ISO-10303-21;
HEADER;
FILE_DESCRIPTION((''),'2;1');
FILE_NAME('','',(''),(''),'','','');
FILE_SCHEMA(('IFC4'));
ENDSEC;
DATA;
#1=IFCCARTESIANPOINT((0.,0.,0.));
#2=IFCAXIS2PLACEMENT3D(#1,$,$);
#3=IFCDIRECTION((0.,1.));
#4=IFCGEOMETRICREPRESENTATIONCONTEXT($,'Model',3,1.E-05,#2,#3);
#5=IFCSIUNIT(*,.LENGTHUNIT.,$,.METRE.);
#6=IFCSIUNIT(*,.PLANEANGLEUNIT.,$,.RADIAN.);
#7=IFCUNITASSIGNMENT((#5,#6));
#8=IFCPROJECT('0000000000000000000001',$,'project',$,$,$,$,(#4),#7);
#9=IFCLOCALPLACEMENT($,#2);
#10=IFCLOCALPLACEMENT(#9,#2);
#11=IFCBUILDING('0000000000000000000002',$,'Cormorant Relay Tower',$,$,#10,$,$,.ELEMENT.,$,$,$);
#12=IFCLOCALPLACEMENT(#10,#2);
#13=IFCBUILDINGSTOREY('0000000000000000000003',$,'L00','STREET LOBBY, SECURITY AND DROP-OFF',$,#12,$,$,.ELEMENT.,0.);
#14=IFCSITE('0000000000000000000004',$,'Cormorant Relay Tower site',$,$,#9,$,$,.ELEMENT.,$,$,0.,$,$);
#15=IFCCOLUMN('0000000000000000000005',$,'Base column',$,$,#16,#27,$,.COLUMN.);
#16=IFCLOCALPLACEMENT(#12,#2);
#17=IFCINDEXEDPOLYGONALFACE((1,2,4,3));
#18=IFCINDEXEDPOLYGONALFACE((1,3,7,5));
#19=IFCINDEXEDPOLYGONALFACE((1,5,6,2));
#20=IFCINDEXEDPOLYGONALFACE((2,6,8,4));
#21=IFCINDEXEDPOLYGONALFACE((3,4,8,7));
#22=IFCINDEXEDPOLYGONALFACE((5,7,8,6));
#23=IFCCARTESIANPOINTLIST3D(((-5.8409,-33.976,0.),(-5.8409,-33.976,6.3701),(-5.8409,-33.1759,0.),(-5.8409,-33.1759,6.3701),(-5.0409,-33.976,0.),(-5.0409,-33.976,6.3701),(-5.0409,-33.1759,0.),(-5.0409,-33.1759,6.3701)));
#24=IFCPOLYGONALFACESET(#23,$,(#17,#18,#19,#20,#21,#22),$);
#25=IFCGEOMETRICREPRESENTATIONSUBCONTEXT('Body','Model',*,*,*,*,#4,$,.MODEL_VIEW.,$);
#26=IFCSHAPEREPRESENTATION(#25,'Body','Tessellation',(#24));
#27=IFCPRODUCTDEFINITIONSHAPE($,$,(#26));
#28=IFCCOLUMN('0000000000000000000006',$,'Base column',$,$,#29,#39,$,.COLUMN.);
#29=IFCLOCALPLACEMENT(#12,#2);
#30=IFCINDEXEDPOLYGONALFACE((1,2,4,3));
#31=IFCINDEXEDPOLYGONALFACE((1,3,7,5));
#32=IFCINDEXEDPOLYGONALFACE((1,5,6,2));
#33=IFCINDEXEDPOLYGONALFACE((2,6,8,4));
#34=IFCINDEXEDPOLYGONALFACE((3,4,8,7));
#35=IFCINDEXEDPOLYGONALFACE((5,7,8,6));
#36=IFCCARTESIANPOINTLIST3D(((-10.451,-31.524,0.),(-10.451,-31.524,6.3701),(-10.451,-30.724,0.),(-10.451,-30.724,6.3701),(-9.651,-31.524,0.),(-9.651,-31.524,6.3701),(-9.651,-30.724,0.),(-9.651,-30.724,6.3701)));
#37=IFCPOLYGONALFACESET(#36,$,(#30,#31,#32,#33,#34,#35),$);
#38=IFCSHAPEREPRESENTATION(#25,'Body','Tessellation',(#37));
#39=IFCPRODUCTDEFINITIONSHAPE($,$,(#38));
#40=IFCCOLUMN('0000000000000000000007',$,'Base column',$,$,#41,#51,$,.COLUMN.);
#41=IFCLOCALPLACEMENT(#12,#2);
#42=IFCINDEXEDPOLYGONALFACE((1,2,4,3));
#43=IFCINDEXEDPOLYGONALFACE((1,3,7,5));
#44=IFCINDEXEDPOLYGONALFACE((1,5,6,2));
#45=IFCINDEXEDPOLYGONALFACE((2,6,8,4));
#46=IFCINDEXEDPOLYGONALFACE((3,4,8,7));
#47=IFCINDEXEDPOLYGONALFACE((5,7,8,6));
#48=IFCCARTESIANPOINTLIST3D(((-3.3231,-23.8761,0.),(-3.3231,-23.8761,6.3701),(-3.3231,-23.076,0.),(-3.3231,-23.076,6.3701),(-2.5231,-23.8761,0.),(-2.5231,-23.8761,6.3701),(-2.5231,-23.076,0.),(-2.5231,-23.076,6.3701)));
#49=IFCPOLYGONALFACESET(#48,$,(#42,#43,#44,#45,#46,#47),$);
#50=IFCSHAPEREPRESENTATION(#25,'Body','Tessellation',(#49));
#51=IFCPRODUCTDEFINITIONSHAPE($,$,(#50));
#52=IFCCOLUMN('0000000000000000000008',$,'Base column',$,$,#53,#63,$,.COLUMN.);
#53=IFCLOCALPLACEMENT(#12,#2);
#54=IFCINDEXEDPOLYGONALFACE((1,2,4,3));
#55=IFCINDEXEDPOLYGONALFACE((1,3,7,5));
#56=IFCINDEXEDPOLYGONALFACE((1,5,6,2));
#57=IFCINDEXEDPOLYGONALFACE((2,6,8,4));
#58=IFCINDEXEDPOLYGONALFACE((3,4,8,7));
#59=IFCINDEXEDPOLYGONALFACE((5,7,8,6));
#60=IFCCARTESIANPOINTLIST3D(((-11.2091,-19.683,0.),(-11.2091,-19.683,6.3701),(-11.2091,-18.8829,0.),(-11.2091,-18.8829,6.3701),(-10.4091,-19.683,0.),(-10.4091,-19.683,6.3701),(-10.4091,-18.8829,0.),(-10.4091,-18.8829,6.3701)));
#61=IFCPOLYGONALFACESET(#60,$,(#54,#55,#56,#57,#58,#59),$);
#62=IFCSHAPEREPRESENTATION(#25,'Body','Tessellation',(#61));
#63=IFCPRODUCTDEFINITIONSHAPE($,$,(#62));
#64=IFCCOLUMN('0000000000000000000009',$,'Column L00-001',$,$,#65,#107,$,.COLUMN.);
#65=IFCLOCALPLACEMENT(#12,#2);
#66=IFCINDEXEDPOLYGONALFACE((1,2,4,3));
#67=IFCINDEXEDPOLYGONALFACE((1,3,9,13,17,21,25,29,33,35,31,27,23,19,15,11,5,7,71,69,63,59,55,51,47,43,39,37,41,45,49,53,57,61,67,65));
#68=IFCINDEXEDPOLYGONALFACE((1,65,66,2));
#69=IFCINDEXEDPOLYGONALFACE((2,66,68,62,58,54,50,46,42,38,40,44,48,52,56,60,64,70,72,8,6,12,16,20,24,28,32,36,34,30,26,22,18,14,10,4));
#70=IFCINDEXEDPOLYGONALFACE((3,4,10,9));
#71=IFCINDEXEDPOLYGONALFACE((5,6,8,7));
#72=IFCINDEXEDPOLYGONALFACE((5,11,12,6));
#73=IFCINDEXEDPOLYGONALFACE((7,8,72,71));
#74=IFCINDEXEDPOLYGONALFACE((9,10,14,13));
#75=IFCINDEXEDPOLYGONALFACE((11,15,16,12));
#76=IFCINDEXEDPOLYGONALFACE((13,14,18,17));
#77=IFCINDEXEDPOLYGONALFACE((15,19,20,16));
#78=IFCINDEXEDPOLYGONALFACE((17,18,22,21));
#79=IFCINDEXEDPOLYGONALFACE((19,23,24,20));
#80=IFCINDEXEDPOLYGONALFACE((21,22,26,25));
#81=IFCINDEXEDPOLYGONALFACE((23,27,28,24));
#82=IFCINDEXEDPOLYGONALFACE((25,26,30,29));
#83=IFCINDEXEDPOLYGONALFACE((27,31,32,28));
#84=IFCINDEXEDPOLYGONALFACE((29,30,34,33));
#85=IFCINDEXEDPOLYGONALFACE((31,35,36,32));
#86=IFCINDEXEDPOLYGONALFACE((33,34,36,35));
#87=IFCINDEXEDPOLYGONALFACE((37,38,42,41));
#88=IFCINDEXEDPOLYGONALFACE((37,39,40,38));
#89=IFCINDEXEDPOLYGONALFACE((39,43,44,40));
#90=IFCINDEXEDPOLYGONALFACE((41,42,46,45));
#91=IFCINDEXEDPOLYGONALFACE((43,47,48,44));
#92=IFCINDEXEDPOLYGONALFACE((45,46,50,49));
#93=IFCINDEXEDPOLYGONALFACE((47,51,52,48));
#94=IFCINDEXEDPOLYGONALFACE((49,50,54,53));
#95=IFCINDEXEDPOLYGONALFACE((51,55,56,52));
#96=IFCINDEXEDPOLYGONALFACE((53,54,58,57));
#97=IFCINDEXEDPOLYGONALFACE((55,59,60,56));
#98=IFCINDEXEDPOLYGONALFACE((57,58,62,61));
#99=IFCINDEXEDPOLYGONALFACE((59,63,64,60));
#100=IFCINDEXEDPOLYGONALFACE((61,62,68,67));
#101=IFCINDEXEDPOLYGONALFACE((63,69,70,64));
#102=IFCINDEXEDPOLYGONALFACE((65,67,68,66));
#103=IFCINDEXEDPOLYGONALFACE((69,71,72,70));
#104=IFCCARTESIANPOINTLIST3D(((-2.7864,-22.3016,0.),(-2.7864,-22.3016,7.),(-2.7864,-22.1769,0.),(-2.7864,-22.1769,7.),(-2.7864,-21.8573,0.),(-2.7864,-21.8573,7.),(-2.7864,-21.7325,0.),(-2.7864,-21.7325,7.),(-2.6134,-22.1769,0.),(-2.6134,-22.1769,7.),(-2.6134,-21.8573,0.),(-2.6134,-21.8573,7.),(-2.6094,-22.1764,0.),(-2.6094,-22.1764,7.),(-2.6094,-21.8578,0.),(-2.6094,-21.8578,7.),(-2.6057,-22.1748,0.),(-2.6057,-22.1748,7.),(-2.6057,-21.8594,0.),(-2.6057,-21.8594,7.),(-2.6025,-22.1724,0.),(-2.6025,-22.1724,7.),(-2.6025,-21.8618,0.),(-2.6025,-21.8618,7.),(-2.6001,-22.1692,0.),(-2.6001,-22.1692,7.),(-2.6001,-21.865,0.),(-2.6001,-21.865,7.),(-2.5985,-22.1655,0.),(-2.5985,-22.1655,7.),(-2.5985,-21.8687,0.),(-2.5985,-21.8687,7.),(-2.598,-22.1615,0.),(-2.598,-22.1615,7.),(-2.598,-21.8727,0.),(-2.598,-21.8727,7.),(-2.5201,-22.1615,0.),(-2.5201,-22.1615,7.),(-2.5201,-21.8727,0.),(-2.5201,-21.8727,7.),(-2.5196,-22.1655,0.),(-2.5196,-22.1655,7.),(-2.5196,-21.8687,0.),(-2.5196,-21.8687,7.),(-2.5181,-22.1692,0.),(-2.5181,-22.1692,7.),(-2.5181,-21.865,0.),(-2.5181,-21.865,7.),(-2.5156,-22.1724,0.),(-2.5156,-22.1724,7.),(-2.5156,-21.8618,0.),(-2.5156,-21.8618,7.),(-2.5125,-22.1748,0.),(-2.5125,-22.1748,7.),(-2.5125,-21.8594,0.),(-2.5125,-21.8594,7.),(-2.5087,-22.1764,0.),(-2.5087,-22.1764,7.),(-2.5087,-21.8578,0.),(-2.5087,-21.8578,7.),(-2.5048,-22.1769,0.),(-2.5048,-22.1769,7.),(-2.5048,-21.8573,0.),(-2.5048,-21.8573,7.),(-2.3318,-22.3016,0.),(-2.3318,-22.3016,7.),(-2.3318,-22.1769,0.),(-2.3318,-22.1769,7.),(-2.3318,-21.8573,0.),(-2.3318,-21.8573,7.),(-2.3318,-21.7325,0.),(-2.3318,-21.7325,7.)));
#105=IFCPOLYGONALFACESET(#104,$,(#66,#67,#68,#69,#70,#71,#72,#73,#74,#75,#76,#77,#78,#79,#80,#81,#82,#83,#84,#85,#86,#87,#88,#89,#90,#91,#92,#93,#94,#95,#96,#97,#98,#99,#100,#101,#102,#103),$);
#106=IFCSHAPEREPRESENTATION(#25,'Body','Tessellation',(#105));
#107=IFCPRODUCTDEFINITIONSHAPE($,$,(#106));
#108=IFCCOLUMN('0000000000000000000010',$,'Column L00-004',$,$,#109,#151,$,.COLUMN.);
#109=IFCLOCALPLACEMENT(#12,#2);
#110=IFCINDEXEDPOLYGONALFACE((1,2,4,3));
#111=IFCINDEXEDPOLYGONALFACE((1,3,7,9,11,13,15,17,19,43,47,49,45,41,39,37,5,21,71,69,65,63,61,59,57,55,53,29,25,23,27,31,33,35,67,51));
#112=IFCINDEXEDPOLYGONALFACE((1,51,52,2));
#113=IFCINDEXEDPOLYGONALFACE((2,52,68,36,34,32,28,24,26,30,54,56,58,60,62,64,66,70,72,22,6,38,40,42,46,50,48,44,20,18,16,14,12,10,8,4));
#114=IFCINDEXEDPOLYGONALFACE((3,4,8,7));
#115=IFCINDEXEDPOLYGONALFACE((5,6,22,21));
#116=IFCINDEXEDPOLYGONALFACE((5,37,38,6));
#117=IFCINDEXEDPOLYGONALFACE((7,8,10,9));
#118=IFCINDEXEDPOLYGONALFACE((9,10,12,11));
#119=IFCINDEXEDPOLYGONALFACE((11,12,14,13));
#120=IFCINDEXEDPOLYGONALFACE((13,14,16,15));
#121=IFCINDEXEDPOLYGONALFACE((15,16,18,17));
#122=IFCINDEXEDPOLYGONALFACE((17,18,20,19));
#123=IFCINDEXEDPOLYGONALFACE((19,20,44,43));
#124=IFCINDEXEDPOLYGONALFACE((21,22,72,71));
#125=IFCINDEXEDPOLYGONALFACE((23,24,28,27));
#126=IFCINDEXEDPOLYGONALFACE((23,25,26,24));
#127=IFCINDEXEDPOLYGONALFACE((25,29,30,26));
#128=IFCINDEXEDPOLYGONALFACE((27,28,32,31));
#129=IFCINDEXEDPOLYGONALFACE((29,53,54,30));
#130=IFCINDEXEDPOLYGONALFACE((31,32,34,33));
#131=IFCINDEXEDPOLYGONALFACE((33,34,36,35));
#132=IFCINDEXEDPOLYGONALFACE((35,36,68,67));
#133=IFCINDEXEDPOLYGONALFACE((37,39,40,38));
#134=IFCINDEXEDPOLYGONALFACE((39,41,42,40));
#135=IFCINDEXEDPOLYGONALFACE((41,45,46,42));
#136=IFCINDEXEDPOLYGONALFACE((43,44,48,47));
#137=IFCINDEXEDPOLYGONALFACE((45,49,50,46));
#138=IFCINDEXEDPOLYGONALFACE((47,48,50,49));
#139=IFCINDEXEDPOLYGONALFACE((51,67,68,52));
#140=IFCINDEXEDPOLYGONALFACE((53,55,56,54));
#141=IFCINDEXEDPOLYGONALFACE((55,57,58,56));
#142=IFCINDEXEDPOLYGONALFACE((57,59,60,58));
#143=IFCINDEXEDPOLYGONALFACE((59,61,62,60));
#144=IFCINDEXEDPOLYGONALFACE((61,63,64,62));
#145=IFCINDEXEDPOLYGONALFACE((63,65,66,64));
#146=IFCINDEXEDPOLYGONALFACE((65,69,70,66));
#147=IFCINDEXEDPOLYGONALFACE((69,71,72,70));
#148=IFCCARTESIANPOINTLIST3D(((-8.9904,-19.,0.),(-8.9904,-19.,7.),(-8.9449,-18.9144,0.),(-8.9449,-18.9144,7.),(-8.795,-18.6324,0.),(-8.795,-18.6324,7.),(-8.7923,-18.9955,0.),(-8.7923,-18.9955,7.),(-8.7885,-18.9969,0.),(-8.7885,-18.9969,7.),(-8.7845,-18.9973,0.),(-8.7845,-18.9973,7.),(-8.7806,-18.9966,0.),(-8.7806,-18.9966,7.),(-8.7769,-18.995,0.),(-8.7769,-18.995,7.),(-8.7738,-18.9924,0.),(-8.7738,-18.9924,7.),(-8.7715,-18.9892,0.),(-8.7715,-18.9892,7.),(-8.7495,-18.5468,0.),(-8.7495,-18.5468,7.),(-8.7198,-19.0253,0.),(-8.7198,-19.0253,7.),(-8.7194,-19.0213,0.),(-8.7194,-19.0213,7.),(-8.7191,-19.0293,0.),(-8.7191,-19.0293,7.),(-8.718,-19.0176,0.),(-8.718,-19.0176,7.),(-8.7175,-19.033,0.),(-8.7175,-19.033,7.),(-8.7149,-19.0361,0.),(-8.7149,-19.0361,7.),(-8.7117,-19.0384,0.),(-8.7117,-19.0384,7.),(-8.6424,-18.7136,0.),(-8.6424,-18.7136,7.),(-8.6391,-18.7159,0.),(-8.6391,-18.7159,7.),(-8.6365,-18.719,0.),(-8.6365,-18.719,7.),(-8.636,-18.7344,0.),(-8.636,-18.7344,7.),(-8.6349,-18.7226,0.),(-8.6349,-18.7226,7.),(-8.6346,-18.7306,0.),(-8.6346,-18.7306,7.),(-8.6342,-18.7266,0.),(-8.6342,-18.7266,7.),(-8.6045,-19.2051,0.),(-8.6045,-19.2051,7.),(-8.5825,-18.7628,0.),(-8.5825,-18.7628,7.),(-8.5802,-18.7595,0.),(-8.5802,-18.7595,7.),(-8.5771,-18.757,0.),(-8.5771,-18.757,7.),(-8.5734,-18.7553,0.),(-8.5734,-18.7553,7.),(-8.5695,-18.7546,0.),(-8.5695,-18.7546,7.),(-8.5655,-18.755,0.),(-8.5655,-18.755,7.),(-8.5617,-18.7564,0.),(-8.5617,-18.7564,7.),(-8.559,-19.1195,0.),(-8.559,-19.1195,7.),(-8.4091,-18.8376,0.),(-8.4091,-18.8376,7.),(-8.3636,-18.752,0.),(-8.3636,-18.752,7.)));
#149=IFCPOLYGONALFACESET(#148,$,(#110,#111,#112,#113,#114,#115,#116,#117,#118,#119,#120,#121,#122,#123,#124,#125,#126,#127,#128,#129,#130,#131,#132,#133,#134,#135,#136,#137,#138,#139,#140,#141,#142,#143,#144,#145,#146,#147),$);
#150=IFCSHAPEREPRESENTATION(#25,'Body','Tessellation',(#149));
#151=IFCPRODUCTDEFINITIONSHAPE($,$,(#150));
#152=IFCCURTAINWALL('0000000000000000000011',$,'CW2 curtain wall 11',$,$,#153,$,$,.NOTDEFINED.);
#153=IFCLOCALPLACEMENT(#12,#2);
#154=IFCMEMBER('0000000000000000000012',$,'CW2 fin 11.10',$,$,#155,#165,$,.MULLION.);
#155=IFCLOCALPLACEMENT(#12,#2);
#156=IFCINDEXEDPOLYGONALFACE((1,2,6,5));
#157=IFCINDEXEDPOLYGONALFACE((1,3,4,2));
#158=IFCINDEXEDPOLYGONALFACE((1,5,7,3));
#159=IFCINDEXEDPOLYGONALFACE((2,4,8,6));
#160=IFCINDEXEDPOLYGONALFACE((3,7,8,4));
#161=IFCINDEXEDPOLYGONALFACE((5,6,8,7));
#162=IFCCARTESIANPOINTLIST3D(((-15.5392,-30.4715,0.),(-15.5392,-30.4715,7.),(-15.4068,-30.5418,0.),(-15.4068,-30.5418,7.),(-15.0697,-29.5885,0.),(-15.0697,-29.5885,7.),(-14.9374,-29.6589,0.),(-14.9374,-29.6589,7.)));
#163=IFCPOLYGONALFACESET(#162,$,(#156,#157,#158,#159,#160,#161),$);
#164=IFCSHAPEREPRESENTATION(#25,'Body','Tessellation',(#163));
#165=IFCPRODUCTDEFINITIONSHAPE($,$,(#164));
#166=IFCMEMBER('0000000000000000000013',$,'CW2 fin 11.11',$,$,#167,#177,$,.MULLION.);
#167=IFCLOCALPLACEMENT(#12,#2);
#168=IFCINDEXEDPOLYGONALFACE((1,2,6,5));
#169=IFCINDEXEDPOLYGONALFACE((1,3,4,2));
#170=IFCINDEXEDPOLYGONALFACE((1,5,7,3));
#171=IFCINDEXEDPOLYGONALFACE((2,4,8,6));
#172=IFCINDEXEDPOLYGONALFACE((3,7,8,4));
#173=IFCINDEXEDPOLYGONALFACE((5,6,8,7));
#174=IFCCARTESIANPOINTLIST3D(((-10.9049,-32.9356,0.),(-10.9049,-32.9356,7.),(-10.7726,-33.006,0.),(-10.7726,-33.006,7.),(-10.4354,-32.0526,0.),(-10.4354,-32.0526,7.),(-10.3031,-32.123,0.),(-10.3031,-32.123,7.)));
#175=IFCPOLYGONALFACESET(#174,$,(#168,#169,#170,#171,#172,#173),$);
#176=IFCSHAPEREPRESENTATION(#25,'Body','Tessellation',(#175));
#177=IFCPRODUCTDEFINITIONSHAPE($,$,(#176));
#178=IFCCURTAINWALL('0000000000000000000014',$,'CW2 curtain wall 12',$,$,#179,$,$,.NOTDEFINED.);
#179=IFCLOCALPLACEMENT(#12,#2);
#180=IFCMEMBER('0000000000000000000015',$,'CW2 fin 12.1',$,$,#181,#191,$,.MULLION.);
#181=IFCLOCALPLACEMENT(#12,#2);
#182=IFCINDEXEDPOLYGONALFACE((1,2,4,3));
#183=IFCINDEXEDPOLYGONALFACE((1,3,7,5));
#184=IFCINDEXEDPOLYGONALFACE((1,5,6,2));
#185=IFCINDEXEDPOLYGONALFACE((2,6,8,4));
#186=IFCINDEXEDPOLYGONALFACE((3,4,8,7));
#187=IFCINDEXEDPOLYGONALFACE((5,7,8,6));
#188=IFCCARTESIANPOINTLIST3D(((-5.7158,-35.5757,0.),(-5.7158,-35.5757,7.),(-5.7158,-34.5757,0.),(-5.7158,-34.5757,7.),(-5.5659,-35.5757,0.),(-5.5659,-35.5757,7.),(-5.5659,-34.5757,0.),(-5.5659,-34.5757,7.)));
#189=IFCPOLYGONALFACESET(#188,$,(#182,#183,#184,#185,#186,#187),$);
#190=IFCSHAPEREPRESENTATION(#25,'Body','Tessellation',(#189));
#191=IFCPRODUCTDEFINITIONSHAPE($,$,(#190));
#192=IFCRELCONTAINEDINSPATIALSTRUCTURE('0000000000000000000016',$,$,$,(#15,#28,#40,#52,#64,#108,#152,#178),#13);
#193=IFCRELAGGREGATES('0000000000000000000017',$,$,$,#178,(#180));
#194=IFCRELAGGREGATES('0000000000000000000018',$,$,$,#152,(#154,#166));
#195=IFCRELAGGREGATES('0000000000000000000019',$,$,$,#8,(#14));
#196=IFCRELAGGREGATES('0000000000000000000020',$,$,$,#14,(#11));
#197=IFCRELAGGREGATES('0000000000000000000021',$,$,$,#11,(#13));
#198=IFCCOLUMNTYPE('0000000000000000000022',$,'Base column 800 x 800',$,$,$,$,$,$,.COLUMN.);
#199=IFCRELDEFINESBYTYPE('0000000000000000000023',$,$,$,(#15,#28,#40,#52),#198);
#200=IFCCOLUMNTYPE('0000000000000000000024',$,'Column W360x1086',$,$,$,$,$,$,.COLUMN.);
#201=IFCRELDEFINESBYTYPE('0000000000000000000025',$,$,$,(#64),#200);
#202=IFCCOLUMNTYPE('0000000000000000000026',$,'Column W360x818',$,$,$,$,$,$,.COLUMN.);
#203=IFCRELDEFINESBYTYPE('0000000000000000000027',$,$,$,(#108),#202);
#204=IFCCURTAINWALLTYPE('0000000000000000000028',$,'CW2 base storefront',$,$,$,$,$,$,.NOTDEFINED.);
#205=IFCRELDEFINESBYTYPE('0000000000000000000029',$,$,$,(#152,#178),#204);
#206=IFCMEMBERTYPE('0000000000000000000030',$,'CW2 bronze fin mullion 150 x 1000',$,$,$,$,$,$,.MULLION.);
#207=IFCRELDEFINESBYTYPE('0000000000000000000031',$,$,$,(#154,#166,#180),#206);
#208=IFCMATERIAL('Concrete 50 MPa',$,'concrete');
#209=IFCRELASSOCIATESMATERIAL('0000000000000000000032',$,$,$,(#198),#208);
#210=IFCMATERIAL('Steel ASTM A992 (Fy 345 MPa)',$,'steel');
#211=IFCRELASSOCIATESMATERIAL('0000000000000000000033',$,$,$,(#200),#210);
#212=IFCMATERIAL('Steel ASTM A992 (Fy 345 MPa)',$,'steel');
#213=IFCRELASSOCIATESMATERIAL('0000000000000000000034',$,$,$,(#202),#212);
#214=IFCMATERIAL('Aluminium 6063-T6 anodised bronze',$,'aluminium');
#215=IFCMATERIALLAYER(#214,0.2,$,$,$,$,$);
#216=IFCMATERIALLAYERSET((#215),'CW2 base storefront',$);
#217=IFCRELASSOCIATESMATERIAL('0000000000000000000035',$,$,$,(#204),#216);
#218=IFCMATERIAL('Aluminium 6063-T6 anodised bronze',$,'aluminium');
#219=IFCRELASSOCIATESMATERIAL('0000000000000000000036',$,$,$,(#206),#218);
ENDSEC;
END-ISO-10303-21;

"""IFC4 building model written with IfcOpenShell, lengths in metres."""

from ifc_helpers import new_model, si_unit, direction, frame, origin, origin_2d, place, context, subcontext, project, spatial, rectangle, i_section, extrude, material, layer, layer_set, material_profile, profile_set, type_object, element, aggregate, save


model = new_model("IFC4")

# Units and contexts
model_context = context("Model", 3, precision=1e-05, world=origin(), true_north=direction((0.0, 1.0)))
body_context = subcontext(model_context, "Body", "Model", "MODEL_VIEW")
ifc_project = project(units=[si_unit("LENGTHUNIT", "METRE"), si_unit("PLANEANGLEUNIT", "RADIAN")], contexts=[model_context])

# Site, building, storey
site_placement = place(None, origin())
site = spatial("IfcSite", under=ifc_project, at=site_placement, Name="Cormorant Relay Tower site", CompositionType="ELEMENT", RefElevation=0.0)
building_placement = place(site_placement, origin())
building = spatial("IfcBuilding", under=site, at=building_placement, Name="Cormorant Relay Tower", CompositionType="ELEMENT")
storey_placement = place(building_placement, origin())
storey = spatial("IfcBuildingStorey", under=building, at=storey_placement, Name="L00", Description="STREET LOBBY, SECURITY AND DROP-OFF", CompositionType="ELEMENT", Elevation=0.0)

# Columns
ifc_material_1 = material(Name="Concrete 50 MPa", Category="concrete")
ifc_material_profile_1 = material_profile(ifc_material_1, rectangle(XDim=0.8, YDim=0.8, at=origin_2d()), Name="RC 800x800")
ifc_profile_set_1 = profile_set([ifc_material_profile_1], Name="Concrete 50 MPa")
column_type_1 = type_object("IfcColumnType", Name="Base column 800 x 800", PredefinedType="COLUMN", material=ifc_profile_set_1)
for number, where, z_axis, x_axis, name in (
    (1, (-5.4409, -33.5759, 0.0), (0.0, 0.0, 1.0), (1.0, 0.0, 0.0), "Base column"),
    (2, (-10.051, -31.124, 0.0), (0.0, 0.0, 1.0), (1.0, 0.0, 0.0), "Base column"),
    (3, (-2.9231, -23.4761, 0.0), (0.0, 0.0, 1.0), (1.0, 0.0, 0.0), "Base column"),
    (4, (-10.8091, -19.283, 0.0), (0.0, 0.0, 1.0), (1.0, 0.0, 0.0), "Base column"),
):
    element("IfcColumn", number, at=place(storey_placement, frame(where, z_axis=z_axis, x_axis=x_axis)), inside=storey, type_object=column_type_1, Name=name, PredefinedType="COLUMN", context=body_context, shape_type="SweptSolid", body=[
        extrude(rectangle(XDim=0.8, YDim=0.8, at=origin_2d()), origin(), (0.0, 0.0, 1.0), 6.3701),
    ])
ifc_material_2 = material(Name="Steel ASTM A992 (Fy 345 MPa)", Category="steel")
ifc_material_profile_2 = material_profile(ifc_material_2, i_section(OverallWidth=0.4546, OverallDepth=0.5691, WebThickness=0.0779, FlangeThickness=0.1248, FilletRadius=0.0154, at=origin_2d()), Name="W360x1086")
ifc_profile_set_2 = profile_set([ifc_material_profile_2], Name="Steel ASTM A992 (Fy 345 MPa)")
column_type_2 = type_object("IfcColumnType", Name="Column W360x1086", PredefinedType="COLUMN", material=ifc_profile_set_2)
column_1_placement = place(storey_placement, frame((-2.5591, -22.0171, 0.0), z_axis=(0.0, 0.0, 1.0), x_axis=(1.0, 0.0, 0.0)))
element("IfcColumn", 5, at=column_1_placement, inside=storey, type_object=column_type_2, Name="Column L00-001", PredefinedType="COLUMN", context=body_context, shape_type="SweptSolid", body=[
    extrude(i_section(OverallWidth=0.4546, OverallDepth=0.5691, WebThickness=0.0779, FlangeThickness=0.1248, FilletRadius=0.0154, at=origin_2d()), origin(), (0.0, 0.0, 1.0), 7.0),
])
ifc_material_3 = material(Name="Steel ASTM A992 (Fy 345 MPa)", Category="steel")
ifc_material_profile_3 = material_profile(ifc_material_3, i_section(OverallWidth=0.437, OverallDepth=0.5132, WebThickness=0.0605, FlangeThickness=0.0969, FilletRadius=0.0154, at=origin_2d()), Name="W360x818")
ifc_profile_set_3 = profile_set([ifc_material_profile_3], Name="Steel ASTM A992 (Fy 345 MPa)")
column_type_3 = type_object("IfcColumnType", Name="Column W360x818", PredefinedType="COLUMN", material=ifc_profile_set_3)
column_2_placement = place(storey_placement, frame((-8.677, -18.876, 0.0), z_axis=(0.0, 0.0, 1.0), x_axis=(0.882948, -0.469472, 0.0)))
element("IfcColumn", 6, at=column_2_placement, inside=storey, type_object=column_type_3, Name="Column L00-004", PredefinedType="COLUMN", context=body_context, shape_type="SweptSolid", body=[
    extrude(i_section(OverallWidth=0.437, OverallDepth=0.5132, WebThickness=0.0605, FlangeThickness=0.0969, FilletRadius=0.0154, at=origin_2d()), origin(), (0.0, 0.0, 1.0), 7.0),
])

# Curtain walls, members
ifc_material_4 = material(Name="Aluminium 6063-T6 anodised bronze", Category="aluminium")
ifc_layer_1 = layer(ifc_material_4, 0.2)
ifc_layer_set_1 = layer_set([ifc_layer_1], Name="CW2 base storefront")
curtain_wall_type = type_object("IfcCurtainWallType", Name="CW2 base storefront", PredefinedType="NOTDEFINED", material=ifc_layer_set_1)
curtain_wall_1_placement = place(storey_placement, origin())
curtain_wall_1 = element("IfcCurtainWall", 7, at=curtain_wall_1_placement, inside=storey, type_object=curtain_wall_type, Name="CW2 curtain wall 11", PredefinedType="NOTDEFINED")
ifc_material_5 = material(Name="Aluminium 6063-T6 anodised bronze", Category="aluminium")
ifc_material_profile_4 = material_profile(ifc_material_5, rectangle(XDim=0.1499, YDim=1.0, at=origin_2d()), Name="AL 150x1000")
ifc_profile_set_4 = profile_set([ifc_material_profile_4], Name="Aluminium 6063-T6 anodised bronze")
member_type_1 = type_object("IfcMemberType", Name="CW2 bronze fin mullion 150 x 1000", PredefinedType="MULLION", material=ifc_profile_set_4)
member_1_placement = place(storey_placement, frame((-15.2383, -30.0652, 0.0), z_axis=(0.0, 0.0, 1.0), x_axis=(0.882948, -0.469472, 0.0)))
member_1 = element("IfcMember", 8, at=member_1_placement, type_object=member_type_1, Name="CW2 fin 11.10", PredefinedType="MULLION", context=body_context, shape_type="SweptSolid", body=[
    extrude(rectangle(XDim=0.1499, YDim=1.0, at=origin_2d()), origin(), (0.0, 0.0, 1.0), 7.0),
])
member_2_placement = place(storey_placement, frame((-10.604, -32.5293, 0.0), z_axis=(0.0, 0.0, 1.0), x_axis=(0.882948, -0.469472, 0.0)))
member_2 = element("IfcMember", 9, at=member_2_placement, type_object=member_type_1, Name="CW2 fin 11.11", PredefinedType="MULLION", context=body_context, shape_type="SweptSolid", body=[
    extrude(rectangle(XDim=0.1499, YDim=1.0, at=origin_2d()), origin(), (0.0, 0.0, 1.0), 7.0),
])
curtain_wall_2_placement = place(storey_placement, origin())
curtain_wall_2 = element("IfcCurtainWall", 10, at=curtain_wall_2_placement, inside=storey, type_object=curtain_wall_type, Name="CW2 curtain wall 12", PredefinedType="NOTDEFINED")
member_3_placement = place(storey_placement, frame((-5.6409, -35.0757, 0.0), z_axis=(0.0, 0.0, 1.0), x_axis=(1.0, 0.0, 0.0)))
member_3 = element("IfcMember", 11, at=member_3_placement, type_object=member_type_1, Name="CW2 fin 12.1", PredefinedType="MULLION", context=body_context, shape_type="SweptSolid", body=[
    extrude(rectangle(XDim=0.1499, YDim=1.0, at=origin_2d()), origin(), (0.0, 0.0, 1.0), 7.0),
])
aggregate(curtain_wall_2, [member_3])

aggregate(curtain_wall_1, [member_1, member_2])

save(model, "model.ifc")
